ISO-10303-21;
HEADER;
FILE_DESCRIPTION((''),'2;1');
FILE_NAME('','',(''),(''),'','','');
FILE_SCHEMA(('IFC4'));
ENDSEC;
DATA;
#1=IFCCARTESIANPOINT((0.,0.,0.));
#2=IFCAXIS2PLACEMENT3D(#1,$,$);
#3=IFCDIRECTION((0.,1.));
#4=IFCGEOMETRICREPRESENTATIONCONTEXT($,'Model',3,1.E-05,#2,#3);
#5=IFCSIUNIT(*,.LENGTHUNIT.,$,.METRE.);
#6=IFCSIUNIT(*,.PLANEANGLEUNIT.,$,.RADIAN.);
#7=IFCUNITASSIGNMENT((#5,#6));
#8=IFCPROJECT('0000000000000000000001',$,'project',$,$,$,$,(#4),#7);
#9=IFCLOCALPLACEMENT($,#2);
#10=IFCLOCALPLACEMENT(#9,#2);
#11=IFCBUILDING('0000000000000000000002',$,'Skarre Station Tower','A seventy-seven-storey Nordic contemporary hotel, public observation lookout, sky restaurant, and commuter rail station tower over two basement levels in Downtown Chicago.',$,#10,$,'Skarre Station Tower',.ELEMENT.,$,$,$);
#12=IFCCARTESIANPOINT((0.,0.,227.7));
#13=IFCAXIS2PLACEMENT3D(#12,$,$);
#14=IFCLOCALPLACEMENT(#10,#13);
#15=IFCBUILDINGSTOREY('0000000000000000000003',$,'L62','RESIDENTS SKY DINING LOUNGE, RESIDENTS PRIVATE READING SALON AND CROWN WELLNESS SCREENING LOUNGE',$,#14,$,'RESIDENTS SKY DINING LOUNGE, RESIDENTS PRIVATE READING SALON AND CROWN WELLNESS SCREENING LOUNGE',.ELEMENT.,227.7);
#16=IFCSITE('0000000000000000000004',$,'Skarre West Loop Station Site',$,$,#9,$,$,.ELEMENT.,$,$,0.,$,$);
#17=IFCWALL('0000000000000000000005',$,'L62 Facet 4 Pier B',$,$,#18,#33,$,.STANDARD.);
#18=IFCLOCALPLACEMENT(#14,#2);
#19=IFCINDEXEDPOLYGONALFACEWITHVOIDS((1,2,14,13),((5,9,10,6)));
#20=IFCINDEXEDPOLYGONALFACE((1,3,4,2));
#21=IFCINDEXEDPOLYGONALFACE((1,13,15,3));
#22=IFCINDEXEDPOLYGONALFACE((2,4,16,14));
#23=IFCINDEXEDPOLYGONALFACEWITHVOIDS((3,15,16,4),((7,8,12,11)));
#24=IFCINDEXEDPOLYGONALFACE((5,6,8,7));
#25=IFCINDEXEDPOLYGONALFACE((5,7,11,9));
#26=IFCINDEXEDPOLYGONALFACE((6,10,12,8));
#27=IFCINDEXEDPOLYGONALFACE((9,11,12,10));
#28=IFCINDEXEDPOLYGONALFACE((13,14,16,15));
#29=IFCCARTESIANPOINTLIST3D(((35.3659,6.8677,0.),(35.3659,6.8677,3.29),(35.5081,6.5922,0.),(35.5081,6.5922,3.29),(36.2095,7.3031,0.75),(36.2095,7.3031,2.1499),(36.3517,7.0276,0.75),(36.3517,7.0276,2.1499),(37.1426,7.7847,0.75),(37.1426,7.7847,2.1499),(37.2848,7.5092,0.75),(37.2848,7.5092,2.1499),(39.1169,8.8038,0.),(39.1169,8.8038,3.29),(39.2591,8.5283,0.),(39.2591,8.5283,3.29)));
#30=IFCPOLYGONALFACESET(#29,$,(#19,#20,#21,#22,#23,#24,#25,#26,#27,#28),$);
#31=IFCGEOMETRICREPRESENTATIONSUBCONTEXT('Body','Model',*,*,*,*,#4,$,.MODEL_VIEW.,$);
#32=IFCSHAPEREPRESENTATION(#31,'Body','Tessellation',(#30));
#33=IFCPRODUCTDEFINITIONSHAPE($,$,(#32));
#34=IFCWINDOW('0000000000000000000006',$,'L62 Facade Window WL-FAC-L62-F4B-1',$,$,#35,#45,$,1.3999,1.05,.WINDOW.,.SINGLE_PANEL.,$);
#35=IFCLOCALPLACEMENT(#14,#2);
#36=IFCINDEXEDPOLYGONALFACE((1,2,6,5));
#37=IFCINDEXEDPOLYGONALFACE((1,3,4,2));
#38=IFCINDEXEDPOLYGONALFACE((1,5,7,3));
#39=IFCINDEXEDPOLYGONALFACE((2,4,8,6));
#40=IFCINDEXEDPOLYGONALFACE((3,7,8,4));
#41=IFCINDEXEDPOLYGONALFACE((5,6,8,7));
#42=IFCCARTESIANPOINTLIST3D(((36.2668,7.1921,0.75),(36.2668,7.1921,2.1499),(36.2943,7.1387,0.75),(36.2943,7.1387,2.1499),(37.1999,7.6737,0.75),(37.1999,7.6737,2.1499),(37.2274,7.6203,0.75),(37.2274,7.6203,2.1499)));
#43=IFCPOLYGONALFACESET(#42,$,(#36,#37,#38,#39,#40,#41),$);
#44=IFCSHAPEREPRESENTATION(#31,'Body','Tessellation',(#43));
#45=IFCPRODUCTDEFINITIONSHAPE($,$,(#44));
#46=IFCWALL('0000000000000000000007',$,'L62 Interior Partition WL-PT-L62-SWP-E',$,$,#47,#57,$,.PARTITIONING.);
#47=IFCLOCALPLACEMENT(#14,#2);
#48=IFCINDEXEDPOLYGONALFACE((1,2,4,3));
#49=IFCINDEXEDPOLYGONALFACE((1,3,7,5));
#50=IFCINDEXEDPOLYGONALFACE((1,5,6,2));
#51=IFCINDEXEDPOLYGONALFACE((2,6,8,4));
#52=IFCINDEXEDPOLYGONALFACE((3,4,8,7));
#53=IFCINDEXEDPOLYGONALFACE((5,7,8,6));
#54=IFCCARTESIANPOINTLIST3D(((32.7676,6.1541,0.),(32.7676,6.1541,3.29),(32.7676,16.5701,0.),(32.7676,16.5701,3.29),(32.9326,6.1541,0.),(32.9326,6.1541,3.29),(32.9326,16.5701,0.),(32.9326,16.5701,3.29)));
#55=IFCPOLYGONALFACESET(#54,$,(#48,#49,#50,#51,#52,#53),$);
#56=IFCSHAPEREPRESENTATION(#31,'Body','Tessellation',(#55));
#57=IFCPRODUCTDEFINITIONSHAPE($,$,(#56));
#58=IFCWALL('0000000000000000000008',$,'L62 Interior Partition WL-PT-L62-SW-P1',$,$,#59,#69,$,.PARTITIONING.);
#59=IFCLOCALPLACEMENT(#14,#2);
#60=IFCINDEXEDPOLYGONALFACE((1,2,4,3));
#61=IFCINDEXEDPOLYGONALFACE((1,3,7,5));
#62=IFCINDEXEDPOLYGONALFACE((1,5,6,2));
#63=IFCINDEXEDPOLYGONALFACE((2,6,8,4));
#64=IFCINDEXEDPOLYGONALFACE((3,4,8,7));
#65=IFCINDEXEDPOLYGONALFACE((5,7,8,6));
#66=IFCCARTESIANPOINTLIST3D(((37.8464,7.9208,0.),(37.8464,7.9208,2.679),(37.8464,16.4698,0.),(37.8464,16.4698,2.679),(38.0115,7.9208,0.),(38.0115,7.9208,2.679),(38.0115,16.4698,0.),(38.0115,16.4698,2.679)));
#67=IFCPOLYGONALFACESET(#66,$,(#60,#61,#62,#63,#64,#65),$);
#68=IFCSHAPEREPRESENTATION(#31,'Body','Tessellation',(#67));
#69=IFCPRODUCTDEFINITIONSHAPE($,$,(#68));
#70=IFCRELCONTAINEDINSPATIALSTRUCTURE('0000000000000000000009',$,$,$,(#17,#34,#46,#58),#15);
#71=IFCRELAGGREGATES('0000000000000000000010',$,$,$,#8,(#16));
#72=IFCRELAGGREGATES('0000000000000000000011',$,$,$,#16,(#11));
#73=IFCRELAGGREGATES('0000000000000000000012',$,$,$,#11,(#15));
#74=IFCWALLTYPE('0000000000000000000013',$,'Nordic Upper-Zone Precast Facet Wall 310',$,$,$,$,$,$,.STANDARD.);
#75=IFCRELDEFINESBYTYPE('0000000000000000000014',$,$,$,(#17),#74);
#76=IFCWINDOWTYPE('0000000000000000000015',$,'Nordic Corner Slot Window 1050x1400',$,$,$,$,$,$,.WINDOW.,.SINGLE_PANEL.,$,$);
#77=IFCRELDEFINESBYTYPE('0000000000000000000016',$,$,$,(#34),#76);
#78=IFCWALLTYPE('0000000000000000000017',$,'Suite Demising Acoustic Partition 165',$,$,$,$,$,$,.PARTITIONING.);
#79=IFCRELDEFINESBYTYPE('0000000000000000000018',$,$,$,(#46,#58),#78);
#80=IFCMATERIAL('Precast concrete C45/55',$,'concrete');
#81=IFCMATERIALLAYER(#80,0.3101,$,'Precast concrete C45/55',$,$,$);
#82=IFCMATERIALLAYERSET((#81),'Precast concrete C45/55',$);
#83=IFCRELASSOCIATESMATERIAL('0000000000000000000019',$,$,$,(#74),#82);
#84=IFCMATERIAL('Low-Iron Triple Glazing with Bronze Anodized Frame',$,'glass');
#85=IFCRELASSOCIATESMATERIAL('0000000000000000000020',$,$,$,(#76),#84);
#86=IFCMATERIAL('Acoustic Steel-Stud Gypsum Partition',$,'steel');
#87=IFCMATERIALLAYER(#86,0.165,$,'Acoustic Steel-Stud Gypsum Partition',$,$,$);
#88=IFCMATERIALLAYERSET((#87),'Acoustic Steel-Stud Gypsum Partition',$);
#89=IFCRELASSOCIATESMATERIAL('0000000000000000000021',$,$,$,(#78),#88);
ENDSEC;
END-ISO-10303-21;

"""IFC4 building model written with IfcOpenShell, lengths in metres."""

from ifc_helpers import new_model, si_unit, direction, frame, frame_2d, origin, place, context, subcontext, project, spatial, rectangle, extrude, material, layer, layer_set, type_object, element, fill, save


model = new_model("IFC4")

# Units and contexts
model_context = context("Model", 3, precision=1e-05, world=origin(), true_north=direction((0.0, 1.0)))
body_context = subcontext(model_context, "Body", "Model", "MODEL_VIEW")
ifc_project = project(units=[si_unit("LENGTHUNIT", "METRE"), si_unit("PLANEANGLEUNIT", "RADIAN")], contexts=[model_context])

# Site, building, storey
site_placement = place(None, origin())
site = spatial("IfcSite", under=ifc_project, at=site_placement, Name="Skarre West Loop Station Site", CompositionType="ELEMENT", RefElevation=0.0)
building_placement = place(site_placement, origin())
building = spatial("IfcBuilding", under=site, at=building_placement, Name="Skarre Station Tower", Description="A seventy-seven-storey Nordic contemporary hotel, public observation lookout, sky restaurant, and commuter rail station tower over two basement levels in Downtown Chicago.", LongName="Skarre Station Tower", CompositionType="ELEMENT")
storey_placement = place(building_placement, frame((0.0, 0.0, 227.7)))
storey = spatial("IfcBuildingStorey", under=building, at=storey_placement, Name="L62", Description="RESIDENTS SKY DINING LOUNGE, RESIDENTS PRIVATE READING SALON AND CROWN WELLNESS SCREENING LOUNGE", LongName="RESIDENTS SKY DINING LOUNGE, RESIDENTS PRIVATE READING SALON AND CROWN WELLNESS SCREENING LOUNGE", CompositionType="ELEMENT", Elevation=227.7)

# Shared definitions
ifc_material_1 = material(Name="Precast concrete C45/55", Category="concrete")

# Wall, opening, window
ifc_layer_1 = layer(ifc_material_1, 0.3101, Name="Precast concrete C45/55")
ifc_layer_set_1 = layer_set([ifc_layer_1], Name="Precast concrete C45/55")
wall_type_1 = type_object("IfcWallType", Name="Nordic Upper-Zone Precast Facet Wall 310", PredefinedType="STANDARD", material=ifc_layer_set_1)
wall_1_placement = place(storey_placement, frame((39.188, 8.666, 0.0), z_axis=(0.0, 0.0, 1.0), x_axis=(-0.888616, -0.458652, 0.0)))
wall_1 = element("IfcWall", 1, at=wall_1_placement, inside=storey, type_object=wall_type_1, Name="L62 Facet 4 Pier B", PredefinedType="STANDARD", context=body_context, shape_type="SweptSolid", body=[
    extrude(rectangle(XDim=4.2212, YDim=0.3101, at=frame_2d((2.1106, 0.0))), origin(), (0.0, 0.0, 1.0), 3.29),
])
opening_placement = place(wall_1_placement, frame((2.2219, 0.0, 0.75)))
opening = element("IfcOpeningElement", 2, at=opening_placement, cuts=wall_1, PredefinedType="OPENING", context=body_context, shape_type="SweptSolid", body=[
    extrude(rectangle(XDim=1.05, YDim=1.3999, at=frame_2d((0.5249, 0.7))), frame((0.0, 0.165, 0.0), z_axis=(0.0, -1.0, 0.0), x_axis=(1.0, 0.0, 0.0)), (0.0, 0.0, 1.0), 0.3301),
])
ifc_material_2 = material(Name="Low-Iron Triple Glazing with Bronze Anodized Frame", Category="glass")
window_type = type_object("IfcWindowType", Name="Nordic Corner Slot Window 1050x1400", PartitioningType="SINGLE_PANEL", PredefinedType="WINDOW", material=ifc_material_2)
window_placement = place(opening_placement, origin())
window = element("IfcWindow", 3, at=window_placement, inside=storey, type_object=window_type, Name="L62 Facade Window WL-FAC-L62-F4B-1", OverallHeight=1.3999, OverallWidth=1.05, PartitioningType="SINGLE_PANEL", PredefinedType="WINDOW", context=body_context, shape_type="SweptSolid", body=[
    extrude(rectangle(XDim=1.05, YDim=1.3999, at=frame_2d((0.5249, 0.7))), frame((0.0, 0.03, 0.0), z_axis=(0.0, -1.0, 0.0), x_axis=(1.0, 0.0, 0.0)), (0.0, 0.0, 1.0), 0.0601),
])
fill(opening, window)

# Walls
ifc_material_3 = material(Name="Acoustic Steel-Stud Gypsum Partition", Category="steel")
ifc_layer_2 = layer(ifc_material_3, 0.165, Name="Acoustic Steel-Stud Gypsum Partition")
ifc_layer_set_2 = layer_set([ifc_layer_2], Name="Acoustic Steel-Stud Gypsum Partition")
wall_type_2 = type_object("IfcWallType", Name="Suite Demising Acoustic Partition 165", PredefinedType="PARTITIONING", material=ifc_layer_set_2)
wall_2_placement = place(storey_placement, frame((32.8501, 6.1541, 0.0), z_axis=(0.0, 0.0, 1.0), x_axis=(0.0, 1.0, 0.0)))
element("IfcWall", 4, at=wall_2_placement, inside=storey, type_object=wall_type_2, Name="L62 Interior Partition WL-PT-L62-SWP-E", PredefinedType="PARTITIONING", context=body_context, shape_type="SweptSolid", body=[
    extrude(rectangle(XDim=10.416, YDim=0.165, at=frame_2d((5.208, 0.0))), origin(), (0.0, 0.0, 1.0), 3.29),
])
wall_3_placement = place(storey_placement, frame((37.929, 7.9209, 0.0), z_axis=(0.0, 0.0, 1.0), x_axis=(0.0, 1.0, 0.0)))
element("IfcWall", 5, at=wall_3_placement, inside=storey, type_object=wall_type_2, Name="L62 Interior Partition WL-PT-L62-SW-P1", PredefinedType="PARTITIONING", context=body_context, shape_type="SweptSolid", body=[
    extrude(rectangle(XDim=8.5491, YDim=0.165, at=frame_2d((4.2744, 0.0))), origin(), (0.0, 0.0, 1.0), 2.679),
])

save(model, "model.ifc")
